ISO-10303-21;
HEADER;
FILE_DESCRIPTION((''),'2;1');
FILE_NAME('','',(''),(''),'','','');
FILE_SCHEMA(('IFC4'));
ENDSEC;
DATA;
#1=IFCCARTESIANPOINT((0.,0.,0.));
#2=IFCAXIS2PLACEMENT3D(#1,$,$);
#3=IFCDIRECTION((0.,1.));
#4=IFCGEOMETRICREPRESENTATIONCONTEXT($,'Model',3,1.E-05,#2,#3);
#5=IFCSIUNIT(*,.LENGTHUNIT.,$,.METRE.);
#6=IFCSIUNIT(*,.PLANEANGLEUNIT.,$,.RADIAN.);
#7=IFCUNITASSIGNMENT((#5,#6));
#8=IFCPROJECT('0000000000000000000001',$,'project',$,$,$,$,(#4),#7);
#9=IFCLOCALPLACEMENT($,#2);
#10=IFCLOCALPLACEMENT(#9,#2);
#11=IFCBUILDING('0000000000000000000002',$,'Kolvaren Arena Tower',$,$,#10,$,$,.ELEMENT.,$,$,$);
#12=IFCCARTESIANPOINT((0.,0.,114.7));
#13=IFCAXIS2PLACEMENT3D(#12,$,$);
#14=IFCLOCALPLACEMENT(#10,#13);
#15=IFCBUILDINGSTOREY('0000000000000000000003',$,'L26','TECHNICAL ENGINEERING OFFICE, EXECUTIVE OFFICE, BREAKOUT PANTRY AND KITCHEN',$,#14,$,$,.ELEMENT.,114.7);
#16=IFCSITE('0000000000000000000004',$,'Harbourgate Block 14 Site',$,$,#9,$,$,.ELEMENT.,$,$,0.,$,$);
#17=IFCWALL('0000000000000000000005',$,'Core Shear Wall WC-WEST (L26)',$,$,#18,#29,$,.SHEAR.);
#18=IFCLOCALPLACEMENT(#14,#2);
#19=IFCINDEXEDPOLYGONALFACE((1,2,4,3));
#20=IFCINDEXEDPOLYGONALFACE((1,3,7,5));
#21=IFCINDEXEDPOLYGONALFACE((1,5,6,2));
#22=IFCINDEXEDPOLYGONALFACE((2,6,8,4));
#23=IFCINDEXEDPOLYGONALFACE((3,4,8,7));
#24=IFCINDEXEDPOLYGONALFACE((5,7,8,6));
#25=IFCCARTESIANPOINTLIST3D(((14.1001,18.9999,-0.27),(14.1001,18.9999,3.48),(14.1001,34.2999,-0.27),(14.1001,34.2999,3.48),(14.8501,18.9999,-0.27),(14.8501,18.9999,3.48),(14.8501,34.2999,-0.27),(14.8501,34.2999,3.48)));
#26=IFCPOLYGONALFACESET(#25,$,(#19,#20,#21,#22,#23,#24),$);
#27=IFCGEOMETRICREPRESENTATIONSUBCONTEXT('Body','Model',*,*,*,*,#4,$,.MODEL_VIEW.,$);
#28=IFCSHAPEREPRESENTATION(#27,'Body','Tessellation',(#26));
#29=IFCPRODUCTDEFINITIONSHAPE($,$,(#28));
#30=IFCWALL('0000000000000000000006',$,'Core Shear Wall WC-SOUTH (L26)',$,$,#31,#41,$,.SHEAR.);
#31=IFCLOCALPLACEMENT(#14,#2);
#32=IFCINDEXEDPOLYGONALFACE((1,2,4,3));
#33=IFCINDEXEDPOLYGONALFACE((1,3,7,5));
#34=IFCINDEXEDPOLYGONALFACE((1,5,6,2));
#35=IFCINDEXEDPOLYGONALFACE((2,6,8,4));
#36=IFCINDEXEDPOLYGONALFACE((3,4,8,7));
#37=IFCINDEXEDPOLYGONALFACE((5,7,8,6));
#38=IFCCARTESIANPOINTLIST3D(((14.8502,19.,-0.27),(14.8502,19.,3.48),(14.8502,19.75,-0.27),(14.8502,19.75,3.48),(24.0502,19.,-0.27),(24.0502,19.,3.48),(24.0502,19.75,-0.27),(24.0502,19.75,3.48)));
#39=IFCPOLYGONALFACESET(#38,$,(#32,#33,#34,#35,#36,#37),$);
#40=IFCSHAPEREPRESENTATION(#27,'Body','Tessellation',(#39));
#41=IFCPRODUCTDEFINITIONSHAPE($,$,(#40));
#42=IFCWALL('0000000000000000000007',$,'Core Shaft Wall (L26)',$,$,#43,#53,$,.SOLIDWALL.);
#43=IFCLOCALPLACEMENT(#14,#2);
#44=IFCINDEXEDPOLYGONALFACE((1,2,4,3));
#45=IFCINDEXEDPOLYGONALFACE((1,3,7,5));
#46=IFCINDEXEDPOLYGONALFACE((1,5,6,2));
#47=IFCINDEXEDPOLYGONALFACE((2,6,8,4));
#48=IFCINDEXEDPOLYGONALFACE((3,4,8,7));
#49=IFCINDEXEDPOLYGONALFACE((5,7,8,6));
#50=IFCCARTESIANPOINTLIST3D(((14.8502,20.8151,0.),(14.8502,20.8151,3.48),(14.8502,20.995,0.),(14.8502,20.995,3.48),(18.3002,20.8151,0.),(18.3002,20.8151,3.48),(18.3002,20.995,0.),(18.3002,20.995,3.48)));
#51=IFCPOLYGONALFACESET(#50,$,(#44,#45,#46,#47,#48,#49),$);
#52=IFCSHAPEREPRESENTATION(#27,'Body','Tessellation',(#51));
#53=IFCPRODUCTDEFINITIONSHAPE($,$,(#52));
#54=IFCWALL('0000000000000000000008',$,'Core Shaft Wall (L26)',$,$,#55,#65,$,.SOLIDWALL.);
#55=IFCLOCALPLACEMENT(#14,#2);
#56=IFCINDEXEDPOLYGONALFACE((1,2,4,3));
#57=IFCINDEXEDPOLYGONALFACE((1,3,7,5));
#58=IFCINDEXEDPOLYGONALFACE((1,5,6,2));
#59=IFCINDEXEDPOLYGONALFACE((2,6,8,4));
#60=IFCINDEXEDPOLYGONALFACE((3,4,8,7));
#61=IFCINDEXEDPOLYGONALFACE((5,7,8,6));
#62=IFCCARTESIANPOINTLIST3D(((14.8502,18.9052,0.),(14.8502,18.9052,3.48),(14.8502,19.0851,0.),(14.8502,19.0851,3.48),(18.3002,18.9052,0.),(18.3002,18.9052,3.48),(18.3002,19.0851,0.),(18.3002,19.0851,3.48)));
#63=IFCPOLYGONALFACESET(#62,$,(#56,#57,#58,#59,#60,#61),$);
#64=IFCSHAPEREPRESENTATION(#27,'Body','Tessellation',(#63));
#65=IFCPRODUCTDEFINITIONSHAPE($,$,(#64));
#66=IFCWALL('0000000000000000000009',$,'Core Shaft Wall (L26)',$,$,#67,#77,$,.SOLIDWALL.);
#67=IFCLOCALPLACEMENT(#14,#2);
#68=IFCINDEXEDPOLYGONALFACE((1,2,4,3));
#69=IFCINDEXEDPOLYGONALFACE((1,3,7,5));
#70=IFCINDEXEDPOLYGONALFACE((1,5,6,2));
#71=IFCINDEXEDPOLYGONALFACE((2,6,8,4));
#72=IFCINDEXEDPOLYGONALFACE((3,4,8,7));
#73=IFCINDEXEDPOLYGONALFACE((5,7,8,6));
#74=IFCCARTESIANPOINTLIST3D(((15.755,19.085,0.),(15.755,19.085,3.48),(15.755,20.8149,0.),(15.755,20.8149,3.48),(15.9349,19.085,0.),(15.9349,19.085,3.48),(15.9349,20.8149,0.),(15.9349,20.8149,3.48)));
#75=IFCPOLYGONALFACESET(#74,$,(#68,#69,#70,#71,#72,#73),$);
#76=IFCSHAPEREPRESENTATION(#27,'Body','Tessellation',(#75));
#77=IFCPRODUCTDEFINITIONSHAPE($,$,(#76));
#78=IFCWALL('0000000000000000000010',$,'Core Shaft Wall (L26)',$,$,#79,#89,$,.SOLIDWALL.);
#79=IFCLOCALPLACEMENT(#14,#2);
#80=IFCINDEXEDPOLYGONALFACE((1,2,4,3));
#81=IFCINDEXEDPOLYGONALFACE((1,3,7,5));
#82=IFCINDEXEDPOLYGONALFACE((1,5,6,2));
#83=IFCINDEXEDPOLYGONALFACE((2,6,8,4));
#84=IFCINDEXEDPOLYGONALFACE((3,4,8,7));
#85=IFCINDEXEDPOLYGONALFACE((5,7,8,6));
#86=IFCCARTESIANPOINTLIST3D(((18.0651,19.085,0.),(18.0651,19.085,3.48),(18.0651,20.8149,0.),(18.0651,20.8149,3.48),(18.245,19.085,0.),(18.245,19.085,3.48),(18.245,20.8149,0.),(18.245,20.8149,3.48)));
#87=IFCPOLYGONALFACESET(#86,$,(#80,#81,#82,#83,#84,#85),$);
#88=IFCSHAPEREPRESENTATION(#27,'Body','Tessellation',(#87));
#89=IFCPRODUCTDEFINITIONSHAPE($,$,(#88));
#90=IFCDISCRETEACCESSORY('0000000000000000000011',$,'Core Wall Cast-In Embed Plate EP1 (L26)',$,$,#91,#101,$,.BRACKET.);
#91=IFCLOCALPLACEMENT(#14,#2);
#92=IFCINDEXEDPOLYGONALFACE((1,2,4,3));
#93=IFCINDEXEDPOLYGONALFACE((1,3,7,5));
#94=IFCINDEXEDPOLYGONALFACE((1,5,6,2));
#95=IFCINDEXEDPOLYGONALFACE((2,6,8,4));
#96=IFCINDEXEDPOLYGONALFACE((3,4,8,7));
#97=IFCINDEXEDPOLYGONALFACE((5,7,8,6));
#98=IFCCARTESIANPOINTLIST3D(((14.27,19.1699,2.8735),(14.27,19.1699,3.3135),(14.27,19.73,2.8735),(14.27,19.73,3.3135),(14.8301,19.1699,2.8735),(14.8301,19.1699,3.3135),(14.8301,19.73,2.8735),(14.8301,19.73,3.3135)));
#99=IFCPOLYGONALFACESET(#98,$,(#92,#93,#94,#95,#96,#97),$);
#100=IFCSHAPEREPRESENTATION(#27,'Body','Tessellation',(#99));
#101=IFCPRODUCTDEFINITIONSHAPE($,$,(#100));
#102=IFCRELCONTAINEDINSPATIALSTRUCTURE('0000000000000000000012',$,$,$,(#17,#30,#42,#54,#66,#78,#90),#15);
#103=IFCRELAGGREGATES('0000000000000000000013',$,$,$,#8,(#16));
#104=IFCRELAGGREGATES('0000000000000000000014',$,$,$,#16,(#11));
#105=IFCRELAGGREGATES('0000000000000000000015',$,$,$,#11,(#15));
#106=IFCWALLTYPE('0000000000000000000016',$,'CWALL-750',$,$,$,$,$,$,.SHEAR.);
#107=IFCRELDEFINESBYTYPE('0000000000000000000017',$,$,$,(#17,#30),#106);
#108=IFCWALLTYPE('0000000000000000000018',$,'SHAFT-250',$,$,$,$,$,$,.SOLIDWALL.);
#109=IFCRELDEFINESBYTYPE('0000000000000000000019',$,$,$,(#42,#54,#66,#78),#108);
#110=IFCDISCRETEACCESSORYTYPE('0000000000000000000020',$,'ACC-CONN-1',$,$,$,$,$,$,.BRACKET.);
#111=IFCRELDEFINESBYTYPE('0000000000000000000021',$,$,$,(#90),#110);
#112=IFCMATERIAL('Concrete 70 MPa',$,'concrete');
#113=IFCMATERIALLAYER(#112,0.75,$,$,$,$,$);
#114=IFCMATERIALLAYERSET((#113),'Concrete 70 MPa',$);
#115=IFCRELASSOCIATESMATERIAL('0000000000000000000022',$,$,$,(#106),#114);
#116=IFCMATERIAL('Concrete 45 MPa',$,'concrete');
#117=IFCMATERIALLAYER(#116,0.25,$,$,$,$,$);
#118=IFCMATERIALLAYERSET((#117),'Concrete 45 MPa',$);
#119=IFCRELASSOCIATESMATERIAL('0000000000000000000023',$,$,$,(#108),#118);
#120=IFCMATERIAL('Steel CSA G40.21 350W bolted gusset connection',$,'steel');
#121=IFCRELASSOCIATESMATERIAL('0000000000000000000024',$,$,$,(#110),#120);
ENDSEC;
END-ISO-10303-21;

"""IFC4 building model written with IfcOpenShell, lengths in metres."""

from ifc_helpers import new_model, si_unit, direction, frame, frame_2d, origin, origin_2d, place, context, subcontext, project, spatial, rectangle, extrude, material, layer, layer_set, type_object, element, save


model = new_model("IFC4")

# Units and contexts
model_context = context("Model", 3, precision=1e-05, world=origin(), true_north=direction((0.0, 1.0)))
body_context = subcontext(model_context, "Body", "Model", "MODEL_VIEW")
ifc_project = project(units=[si_unit("LENGTHUNIT", "METRE"), si_unit("PLANEANGLEUNIT", "RADIAN")], contexts=[model_context])

# Site, building, storey
site_placement = place(None, origin())
site = spatial("IfcSite", under=ifc_project, at=site_placement, Name="Harbourgate Block 14 Site", CompositionType="ELEMENT", RefElevation=0.0)
building_placement = place(site_placement, origin())
building = spatial("IfcBuilding", under=site, at=building_placement, Name="Kolvaren Arena Tower", CompositionType="ELEMENT")
storey_placement = place(building_placement, frame((0.0, 0.0, 114.7)))
storey = spatial("IfcBuildingStorey", under=building, at=storey_placement, Name="L26", Description="TECHNICAL ENGINEERING OFFICE, EXECUTIVE OFFICE, BREAKOUT PANTRY AND KITCHEN", CompositionType="ELEMENT", Elevation=114.7)

# Walls
ifc_material_1 = material(Name="Concrete 70 MPa", Category="concrete")
ifc_layer_1 = layer(ifc_material_1, 0.75)
ifc_layer_set_1 = layer_set([ifc_layer_1], Name="Concrete 70 MPa")
wall_type_1 = type_object("IfcWallType", Name="CWALL-750", PredefinedType="SHEAR", material=ifc_layer_set_1)
wall_1_placement = place(storey_placement, frame((14.4751, 19.0, -0.27), z_axis=(0.0, 0.0, 1.0), x_axis=(0.0, 1.0, 0.0)))
element("IfcWall", 1, at=wall_1_placement, inside=storey, type_object=wall_type_1, Name="Core Shear Wall WC-WEST (L26)", PredefinedType="SHEAR", context=body_context, shape_type="SweptSolid", body=[
    extrude(rectangle(XDim=15.3, YDim=0.75, at=frame_2d((7.6499, 0.0))), origin(), (0.0, 0.0, 1.0), 3.75),
])
wall_2_placement = place(storey_placement, frame((14.8501, 19.375, -0.27), z_axis=(0.0, 0.0, 1.0), x_axis=(1.0, 0.0, 0.0)))
element("IfcWall", 2, at=wall_2_placement, inside=storey, type_object=wall_type_1, Name="Core Shear Wall WC-SOUTH (L26)", PredefinedType="SHEAR", context=body_context, shape_type="SweptSolid", body=[
    extrude(rectangle(XDim=9.2, YDim=0.75, at=frame_2d((4.6001, 0.0))), origin(), (0.0, 0.0, 1.0), 3.75),
])
ifc_material_2 = material(Name="Concrete 45 MPa", Category="concrete")
ifc_layer_2 = layer(ifc_material_2, 0.25)
ifc_layer_set_2 = layer_set([ifc_layer_2], Name="Concrete 45 MPa")
wall_type_2 = type_object("IfcWallType", Name="SHAFT-250", PredefinedType="SOLIDWALL", material=ifc_layer_set_2)
for number, where, z_axis, x_axis, name in (
    (3, (14.8501, 20.905, 0.0), (0.0, 0.0, 1.0), (1.0, 0.0, 0.0), "Core Shaft Wall (L26)"),
    (4, (14.8501, 18.9951, 0.0), (0.0, 0.0, 1.0), (1.0, 0.0, 0.0), "Core Shaft Wall (L26)"),
):
    element("IfcWall", number, at=place(storey_placement, frame(where, z_axis=z_axis, x_axis=x_axis)), inside=storey, type_object=wall_type_2, Name=name, PredefinedType="SOLIDWALL", context=body_context, shape_type="SweptSolid", body=[
        extrude(rectangle(XDim=3.45, YDim=0.1799, at=frame_2d((1.7251, 0.0))), origin(), (0.0, 0.0, 1.0), 3.48),
    ])
for number, where, z_axis, x_axis, name in (
    (5, (15.845, 19.085, 0.0), (0.0, 0.0, 1.0), (0.0, 1.0, 0.0), "Core Shaft Wall (L26)"),
    (6, (18.155, 19.085, 0.0), (0.0, 0.0, 1.0), (0.0, 1.0, 0.0), "Core Shaft Wall (L26)"),
):
    element("IfcWall", number, at=place(storey_placement, frame(where, z_axis=z_axis, x_axis=x_axis)), inside=storey, type_object=wall_type_2, Name=name, PredefinedType="SOLIDWALL", context=body_context, shape_type="SweptSolid", body=[
        extrude(rectangle(XDim=1.73, YDim=0.1799, at=frame_2d((0.865, 0.0))), origin(), (0.0, 0.0, 1.0), 3.48),
    ])

# Discrete accessory
ifc_material_3 = material(Name="Steel CSA G40.21 350W bolted gusset connection", Category="steel")
discrete_accessory_type = type_object("IfcDiscreteAccessoryType", Name="ACC-CONN-1", PredefinedType="BRACKET", material=ifc_material_3)
discrete_accessory_placement = place(storey_placement, frame((14.55, 19.45, 2.8735), z_axis=(0.0, 0.0, 1.0), x_axis=(1.0, 0.0, 0.0)))
element("IfcDiscreteAccessory", 7, at=discrete_accessory_placement, inside=storey, type_object=discrete_accessory_type, Name="Core Wall Cast-In Embed Plate EP1 (L26)", PredefinedType="BRACKET", context=body_context, shape_type="SweptSolid", body=[
    extrude(rectangle(XDim=0.5601, YDim=0.5601, at=origin_2d()), origin(), (0.0, 0.0, 1.0), 0.4399),
])

save(model, "model.ifc")
